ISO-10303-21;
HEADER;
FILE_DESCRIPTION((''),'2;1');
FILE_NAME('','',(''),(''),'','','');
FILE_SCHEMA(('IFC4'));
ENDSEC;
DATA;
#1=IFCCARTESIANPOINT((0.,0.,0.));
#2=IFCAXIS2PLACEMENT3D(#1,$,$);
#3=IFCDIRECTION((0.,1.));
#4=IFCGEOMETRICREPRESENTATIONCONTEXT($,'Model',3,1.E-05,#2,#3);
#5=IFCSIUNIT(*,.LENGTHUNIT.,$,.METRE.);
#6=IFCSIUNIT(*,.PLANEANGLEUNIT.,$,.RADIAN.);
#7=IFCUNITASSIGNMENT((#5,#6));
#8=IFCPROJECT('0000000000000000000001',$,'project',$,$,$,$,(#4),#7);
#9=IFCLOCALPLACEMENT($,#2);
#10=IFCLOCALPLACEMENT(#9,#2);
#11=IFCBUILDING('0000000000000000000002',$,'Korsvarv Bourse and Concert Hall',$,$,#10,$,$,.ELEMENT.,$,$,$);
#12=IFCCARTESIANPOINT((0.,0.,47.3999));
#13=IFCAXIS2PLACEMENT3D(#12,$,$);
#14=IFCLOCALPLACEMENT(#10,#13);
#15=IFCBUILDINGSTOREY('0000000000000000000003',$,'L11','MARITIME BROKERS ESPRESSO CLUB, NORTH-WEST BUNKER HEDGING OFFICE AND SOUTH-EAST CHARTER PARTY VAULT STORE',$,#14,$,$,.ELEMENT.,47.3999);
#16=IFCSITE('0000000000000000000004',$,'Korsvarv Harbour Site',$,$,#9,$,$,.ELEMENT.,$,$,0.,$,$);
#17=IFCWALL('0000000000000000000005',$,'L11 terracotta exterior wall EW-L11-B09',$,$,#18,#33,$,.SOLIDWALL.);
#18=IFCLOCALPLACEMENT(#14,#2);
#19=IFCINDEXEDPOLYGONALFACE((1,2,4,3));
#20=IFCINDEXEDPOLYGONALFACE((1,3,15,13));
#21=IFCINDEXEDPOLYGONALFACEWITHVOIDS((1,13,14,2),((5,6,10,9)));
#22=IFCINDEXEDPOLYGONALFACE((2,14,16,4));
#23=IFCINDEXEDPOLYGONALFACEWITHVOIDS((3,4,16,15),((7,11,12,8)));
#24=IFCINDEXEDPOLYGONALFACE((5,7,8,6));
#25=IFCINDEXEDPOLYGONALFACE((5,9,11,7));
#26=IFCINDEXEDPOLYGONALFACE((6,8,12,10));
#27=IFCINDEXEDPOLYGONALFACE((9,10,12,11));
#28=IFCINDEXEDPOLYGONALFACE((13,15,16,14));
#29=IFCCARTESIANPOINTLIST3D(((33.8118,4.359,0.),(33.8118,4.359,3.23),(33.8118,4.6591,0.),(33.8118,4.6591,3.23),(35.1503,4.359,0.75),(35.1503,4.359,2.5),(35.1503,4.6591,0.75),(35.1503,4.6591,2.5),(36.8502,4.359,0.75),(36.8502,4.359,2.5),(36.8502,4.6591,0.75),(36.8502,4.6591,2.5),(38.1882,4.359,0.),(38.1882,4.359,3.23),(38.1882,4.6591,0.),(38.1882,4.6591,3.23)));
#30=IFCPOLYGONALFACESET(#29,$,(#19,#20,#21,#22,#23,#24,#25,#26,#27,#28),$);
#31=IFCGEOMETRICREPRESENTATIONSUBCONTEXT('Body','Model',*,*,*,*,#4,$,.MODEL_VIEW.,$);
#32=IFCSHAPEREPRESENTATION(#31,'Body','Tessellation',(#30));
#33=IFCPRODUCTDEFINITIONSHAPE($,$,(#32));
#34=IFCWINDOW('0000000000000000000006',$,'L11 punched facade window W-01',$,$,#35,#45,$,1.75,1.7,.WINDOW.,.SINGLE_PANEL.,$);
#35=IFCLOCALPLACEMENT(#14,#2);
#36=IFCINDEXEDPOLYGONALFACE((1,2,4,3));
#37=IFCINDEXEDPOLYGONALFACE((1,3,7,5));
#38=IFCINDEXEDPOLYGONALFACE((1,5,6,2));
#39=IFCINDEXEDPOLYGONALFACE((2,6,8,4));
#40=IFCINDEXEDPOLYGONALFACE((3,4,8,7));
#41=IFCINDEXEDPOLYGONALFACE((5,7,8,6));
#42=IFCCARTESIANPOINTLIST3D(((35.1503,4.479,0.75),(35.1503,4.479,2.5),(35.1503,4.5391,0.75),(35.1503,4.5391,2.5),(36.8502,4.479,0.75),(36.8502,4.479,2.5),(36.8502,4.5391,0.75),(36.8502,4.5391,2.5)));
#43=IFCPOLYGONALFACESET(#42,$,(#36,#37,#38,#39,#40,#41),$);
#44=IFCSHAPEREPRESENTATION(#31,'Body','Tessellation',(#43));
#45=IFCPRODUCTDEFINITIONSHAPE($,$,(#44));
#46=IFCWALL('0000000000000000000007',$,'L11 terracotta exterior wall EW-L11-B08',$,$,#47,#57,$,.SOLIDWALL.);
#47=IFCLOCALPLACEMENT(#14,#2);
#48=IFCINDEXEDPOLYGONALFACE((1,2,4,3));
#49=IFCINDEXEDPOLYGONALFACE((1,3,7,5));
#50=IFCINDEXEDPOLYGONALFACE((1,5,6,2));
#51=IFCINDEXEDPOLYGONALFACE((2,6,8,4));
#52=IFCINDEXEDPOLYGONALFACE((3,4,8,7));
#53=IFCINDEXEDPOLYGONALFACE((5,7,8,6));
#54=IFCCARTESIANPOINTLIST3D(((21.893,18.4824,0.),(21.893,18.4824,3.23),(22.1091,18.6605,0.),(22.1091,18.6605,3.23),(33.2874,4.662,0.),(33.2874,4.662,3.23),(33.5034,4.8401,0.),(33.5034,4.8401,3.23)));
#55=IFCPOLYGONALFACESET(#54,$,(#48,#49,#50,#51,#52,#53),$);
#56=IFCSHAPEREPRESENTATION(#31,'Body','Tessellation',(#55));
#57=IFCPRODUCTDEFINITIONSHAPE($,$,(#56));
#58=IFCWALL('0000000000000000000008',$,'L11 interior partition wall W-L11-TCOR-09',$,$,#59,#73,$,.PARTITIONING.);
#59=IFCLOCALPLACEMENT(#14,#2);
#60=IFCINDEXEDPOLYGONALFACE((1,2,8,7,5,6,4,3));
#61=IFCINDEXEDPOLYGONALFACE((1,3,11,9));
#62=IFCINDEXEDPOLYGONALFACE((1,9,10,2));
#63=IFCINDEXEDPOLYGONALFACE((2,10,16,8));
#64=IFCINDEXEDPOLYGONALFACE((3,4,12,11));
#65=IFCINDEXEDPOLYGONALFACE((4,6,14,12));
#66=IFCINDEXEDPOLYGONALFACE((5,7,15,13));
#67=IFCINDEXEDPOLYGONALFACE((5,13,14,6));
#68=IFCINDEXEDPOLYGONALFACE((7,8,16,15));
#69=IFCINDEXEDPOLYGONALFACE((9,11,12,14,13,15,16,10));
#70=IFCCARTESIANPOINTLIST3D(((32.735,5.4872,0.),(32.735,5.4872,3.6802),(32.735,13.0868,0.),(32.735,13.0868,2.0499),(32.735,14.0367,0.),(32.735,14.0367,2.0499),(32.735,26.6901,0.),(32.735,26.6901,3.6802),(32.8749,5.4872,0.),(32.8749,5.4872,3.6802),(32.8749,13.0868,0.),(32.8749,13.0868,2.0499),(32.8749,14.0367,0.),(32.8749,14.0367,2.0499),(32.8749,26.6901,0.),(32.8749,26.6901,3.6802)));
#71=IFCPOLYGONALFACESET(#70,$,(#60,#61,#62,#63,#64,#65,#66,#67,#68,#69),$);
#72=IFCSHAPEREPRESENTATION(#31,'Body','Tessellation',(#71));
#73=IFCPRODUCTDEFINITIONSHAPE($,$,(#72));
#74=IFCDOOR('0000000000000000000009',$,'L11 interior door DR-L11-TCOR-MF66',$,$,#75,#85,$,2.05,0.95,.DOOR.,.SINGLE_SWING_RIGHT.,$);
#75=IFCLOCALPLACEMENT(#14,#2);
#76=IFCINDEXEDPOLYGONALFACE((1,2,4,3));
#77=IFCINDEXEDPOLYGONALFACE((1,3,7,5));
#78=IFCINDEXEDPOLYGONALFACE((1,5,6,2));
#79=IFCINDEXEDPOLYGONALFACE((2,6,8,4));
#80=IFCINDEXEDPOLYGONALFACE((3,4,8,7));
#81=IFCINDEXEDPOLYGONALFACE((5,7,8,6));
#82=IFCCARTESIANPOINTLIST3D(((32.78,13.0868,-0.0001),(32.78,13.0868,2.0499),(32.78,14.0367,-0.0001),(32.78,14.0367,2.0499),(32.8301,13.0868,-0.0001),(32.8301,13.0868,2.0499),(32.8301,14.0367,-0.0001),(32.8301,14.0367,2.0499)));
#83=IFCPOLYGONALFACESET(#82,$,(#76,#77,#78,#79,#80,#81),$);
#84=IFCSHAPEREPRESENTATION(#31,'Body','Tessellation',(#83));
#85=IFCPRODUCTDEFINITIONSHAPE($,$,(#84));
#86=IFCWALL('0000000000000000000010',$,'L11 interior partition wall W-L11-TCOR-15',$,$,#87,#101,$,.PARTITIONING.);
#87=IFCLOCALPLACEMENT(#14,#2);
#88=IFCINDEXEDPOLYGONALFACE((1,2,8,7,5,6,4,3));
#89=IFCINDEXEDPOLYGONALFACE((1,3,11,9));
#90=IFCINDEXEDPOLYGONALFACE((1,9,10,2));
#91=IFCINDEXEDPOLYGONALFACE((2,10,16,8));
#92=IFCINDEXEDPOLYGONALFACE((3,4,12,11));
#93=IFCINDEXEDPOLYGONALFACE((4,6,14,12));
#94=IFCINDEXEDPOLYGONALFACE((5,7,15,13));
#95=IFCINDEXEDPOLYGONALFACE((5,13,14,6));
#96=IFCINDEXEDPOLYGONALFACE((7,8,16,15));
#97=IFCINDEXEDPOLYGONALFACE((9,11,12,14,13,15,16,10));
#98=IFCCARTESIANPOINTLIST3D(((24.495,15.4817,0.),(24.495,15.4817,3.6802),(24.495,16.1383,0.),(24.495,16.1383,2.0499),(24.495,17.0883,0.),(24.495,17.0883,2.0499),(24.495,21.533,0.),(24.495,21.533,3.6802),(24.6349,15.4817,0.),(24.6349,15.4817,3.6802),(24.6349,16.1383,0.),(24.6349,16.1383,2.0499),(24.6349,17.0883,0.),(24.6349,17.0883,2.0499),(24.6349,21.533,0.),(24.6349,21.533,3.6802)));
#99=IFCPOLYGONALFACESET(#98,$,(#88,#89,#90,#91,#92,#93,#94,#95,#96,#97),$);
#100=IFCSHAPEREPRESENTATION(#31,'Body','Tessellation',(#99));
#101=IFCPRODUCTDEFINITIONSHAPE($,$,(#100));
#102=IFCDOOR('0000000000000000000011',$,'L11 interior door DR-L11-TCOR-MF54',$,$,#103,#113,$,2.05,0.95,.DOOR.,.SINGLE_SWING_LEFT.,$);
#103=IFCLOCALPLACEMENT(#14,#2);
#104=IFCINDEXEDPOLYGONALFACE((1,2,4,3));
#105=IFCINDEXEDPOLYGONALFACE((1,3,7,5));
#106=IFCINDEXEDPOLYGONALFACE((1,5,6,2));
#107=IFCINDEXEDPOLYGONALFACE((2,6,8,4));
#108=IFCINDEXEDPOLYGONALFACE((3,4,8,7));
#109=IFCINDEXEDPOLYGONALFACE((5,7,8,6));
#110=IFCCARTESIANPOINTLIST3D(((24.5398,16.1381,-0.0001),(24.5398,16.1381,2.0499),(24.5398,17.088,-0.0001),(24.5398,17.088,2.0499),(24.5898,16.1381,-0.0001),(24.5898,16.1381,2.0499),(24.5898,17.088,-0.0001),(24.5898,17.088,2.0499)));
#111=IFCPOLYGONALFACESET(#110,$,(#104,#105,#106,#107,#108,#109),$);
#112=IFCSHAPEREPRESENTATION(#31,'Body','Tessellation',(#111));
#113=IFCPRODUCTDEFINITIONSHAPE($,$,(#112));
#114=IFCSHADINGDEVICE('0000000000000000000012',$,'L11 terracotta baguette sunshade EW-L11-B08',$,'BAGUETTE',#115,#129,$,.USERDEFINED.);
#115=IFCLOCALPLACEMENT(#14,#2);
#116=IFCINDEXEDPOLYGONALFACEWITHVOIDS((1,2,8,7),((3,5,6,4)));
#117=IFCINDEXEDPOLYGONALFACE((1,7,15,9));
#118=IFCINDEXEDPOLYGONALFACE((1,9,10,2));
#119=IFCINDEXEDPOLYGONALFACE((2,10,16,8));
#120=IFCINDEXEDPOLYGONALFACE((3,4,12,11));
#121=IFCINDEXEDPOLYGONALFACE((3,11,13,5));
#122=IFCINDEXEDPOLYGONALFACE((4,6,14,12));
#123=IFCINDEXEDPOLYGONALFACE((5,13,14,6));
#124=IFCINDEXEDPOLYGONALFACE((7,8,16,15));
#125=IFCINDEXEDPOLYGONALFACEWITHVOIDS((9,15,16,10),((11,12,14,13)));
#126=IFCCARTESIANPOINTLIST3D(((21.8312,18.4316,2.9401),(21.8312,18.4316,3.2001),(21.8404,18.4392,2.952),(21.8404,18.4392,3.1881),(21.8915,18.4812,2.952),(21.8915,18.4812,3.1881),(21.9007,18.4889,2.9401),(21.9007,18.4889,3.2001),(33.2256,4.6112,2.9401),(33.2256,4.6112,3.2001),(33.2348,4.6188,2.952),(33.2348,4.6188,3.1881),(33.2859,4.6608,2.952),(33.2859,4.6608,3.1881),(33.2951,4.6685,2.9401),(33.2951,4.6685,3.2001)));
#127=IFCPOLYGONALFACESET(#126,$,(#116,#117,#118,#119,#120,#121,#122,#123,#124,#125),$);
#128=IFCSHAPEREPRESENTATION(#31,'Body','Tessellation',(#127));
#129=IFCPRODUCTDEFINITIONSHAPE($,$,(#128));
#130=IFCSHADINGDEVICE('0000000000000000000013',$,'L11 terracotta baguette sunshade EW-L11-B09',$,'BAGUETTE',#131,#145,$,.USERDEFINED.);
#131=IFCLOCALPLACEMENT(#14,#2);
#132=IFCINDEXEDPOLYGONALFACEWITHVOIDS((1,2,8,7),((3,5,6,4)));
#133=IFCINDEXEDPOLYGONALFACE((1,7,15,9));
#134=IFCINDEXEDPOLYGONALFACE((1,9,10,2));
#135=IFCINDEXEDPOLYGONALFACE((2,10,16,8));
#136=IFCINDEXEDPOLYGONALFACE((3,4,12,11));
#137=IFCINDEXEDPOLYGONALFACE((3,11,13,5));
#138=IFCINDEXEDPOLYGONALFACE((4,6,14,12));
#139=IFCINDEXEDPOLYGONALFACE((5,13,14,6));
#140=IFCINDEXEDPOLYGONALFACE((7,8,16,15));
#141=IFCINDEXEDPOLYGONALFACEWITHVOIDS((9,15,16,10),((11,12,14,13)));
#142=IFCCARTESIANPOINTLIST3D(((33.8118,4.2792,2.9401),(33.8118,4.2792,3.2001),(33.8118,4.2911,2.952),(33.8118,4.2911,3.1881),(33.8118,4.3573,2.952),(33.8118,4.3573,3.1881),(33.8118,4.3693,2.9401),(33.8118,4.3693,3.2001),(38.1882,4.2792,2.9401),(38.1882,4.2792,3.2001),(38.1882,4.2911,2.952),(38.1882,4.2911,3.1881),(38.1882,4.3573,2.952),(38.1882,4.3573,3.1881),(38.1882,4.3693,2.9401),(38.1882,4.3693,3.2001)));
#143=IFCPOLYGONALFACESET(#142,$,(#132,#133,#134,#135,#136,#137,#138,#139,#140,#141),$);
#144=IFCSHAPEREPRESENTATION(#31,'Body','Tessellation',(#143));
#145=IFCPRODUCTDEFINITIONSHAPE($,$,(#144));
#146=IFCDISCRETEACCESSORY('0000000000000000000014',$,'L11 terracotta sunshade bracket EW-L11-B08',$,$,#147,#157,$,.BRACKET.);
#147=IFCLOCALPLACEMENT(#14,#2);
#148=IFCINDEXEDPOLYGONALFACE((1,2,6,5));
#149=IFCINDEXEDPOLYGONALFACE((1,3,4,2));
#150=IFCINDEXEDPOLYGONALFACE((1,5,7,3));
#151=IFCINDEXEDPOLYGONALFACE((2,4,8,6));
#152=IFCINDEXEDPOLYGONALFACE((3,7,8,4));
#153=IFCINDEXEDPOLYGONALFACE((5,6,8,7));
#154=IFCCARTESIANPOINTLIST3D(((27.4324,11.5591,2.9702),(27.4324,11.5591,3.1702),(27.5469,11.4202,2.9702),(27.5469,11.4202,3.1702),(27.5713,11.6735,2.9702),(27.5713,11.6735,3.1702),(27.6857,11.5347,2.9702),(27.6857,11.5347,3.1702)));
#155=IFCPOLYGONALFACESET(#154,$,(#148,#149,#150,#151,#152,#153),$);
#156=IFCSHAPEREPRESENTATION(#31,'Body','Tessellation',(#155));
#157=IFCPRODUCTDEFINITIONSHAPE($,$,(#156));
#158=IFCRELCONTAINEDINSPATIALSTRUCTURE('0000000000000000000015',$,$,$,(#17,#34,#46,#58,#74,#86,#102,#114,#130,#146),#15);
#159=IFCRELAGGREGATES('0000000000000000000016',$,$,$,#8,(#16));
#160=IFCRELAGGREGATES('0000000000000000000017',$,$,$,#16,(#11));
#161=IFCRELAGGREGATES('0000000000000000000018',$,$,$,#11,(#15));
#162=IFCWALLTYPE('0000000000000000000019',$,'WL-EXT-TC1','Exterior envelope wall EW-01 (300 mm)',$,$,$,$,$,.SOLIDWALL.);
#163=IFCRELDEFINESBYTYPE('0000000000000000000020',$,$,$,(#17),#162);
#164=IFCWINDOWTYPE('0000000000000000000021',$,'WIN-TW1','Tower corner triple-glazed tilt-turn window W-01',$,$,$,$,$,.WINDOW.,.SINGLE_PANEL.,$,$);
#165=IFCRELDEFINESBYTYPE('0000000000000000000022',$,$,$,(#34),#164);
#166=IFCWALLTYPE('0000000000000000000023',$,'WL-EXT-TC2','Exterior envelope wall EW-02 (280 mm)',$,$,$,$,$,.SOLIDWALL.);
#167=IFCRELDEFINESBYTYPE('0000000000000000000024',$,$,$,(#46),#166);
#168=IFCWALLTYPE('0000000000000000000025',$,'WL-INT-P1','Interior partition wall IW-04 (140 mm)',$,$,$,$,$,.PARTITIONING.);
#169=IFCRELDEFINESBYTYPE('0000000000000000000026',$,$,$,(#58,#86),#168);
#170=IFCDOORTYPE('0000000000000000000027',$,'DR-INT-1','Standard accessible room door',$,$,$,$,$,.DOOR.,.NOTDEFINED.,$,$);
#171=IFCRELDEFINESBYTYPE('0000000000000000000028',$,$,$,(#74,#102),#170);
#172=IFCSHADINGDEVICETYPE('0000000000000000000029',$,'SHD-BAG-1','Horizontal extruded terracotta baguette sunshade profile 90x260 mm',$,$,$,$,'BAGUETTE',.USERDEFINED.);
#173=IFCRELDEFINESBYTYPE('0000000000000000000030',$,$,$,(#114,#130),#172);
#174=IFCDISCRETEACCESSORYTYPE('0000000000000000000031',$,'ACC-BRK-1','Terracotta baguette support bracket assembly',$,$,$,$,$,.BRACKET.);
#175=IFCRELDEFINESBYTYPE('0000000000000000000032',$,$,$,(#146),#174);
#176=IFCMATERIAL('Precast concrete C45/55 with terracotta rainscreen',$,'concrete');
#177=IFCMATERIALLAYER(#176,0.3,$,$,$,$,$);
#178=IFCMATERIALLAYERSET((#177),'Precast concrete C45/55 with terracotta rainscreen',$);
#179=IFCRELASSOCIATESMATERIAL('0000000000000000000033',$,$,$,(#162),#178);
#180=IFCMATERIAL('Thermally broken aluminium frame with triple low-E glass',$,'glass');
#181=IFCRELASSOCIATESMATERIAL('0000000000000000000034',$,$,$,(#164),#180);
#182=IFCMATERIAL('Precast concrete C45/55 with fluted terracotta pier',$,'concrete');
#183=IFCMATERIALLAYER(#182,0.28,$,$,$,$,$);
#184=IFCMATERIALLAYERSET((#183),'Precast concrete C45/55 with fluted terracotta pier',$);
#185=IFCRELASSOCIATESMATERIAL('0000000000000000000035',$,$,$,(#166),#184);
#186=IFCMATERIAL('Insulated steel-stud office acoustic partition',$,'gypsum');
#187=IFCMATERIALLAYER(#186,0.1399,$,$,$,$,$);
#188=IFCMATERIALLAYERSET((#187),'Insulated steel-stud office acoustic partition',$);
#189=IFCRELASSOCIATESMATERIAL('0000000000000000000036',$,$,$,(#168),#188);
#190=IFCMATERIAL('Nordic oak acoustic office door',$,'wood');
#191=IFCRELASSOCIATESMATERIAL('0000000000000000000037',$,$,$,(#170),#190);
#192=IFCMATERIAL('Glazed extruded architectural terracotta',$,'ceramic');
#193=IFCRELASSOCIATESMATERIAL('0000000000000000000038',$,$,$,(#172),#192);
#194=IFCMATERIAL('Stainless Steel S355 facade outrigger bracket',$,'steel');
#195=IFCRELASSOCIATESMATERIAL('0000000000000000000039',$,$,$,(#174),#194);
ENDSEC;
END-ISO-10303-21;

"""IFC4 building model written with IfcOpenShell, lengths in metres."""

from ifc_helpers import new_model, si_unit, direction, frame, frame_2d, origin, origin_2d, place, context, subcontext, project, spatial, rectangle, hollow_rectangle, extrude, source, transform, mapped, material, layer, layer_set, material_profile, profile_set, type_object, element, fill, save


model = new_model("IFC4")

# Units and contexts
model_context = context("Model", 3, precision=1e-05, world=origin(), true_north=direction((0.0, 1.0)))
body_context = subcontext(model_context, "Body", "Model", "MODEL_VIEW")
ifc_project = project(units=[si_unit("LENGTHUNIT", "METRE"), si_unit("PLANEANGLEUNIT", "RADIAN")], contexts=[model_context])

# Site, building, storey
site_placement = place(None, origin())
site = spatial("IfcSite", under=ifc_project, at=site_placement, Name="Korsvarv Harbour Site", CompositionType="ELEMENT", RefElevation=0.0)
building_placement = place(site_placement, origin())
building = spatial("IfcBuilding", under=site, at=building_placement, Name="Korsvarv Bourse and Concert Hall", CompositionType="ELEMENT")
storey_placement = place(building_placement, frame((0.0, 0.0, 47.3999)))
storey = spatial("IfcBuildingStorey", under=building, at=storey_placement, Name="L11", Description="MARITIME BROKERS ESPRESSO CLUB, NORTH-WEST BUNKER HEDGING OFFICE AND SOUTH-EAST CHARTER PARTY VAULT STORE", CompositionType="ELEMENT", Elevation=47.3999)

# Wall, opening, window
ifc_material_1 = material(Name="Precast concrete C45/55 with terracotta rainscreen", Category="concrete")
ifc_layer_1 = layer(ifc_material_1, 0.3)
ifc_layer_set_1 = layer_set([ifc_layer_1], Name="Precast concrete C45/55 with terracotta rainscreen")
wall_type_1 = type_object("IfcWallType", Name="WL-EXT-TC1", Description="Exterior envelope wall EW-01 (300 mm)", PredefinedType="SOLIDWALL", material=ifc_layer_set_1)
wall_1_placement = place(storey_placement, frame((33.8118, 4.509, 0.0), z_axis=(0.0, 0.0, 1.0), x_axis=(1.0, 0.0, 0.0)))
wall_1 = element("IfcWall", 1, at=wall_1_placement, inside=storey, type_object=wall_type_1, Name="L11 terracotta exterior wall EW-L11-B09", PredefinedType="SOLIDWALL", context=body_context, shape_type="SweptSolid", body=[
    extrude(rectangle(XDim=4.3765, YDim=0.3, at=frame_2d((2.1882, 0.0))), origin(), (0.0, 0.0, 1.0), 3.23),
])
opening_1_placement = place(wall_1_placement, frame((1.3384, 0.0, 0.75)))
opening_1 = element("IfcOpeningElement", 2, at=opening_1_placement, cuts=wall_1, PredefinedType="OPENING", context=body_context, shape_type="SweptSolid", body=[
    extrude(rectangle(XDim=1.7, YDim=1.75, at=frame_2d((0.8501, 0.875))), frame((0.0, 0.1602, 0.0), z_axis=(0.0, -1.0, 0.0), x_axis=(1.0, 0.0, 0.0)), (0.0, 0.0, 1.0), 0.3201),
])
ifc_material_2 = material(Name="Thermally broken aluminium frame with triple low-E glass", Category="glass")
window_type = type_object("IfcWindowType", Name="WIN-TW1", Description="Tower corner triple-glazed tilt-turn window W-01", PartitioningType="SINGLE_PANEL", PredefinedType="WINDOW", material=ifc_material_2)
window_placement = place(opening_1_placement, origin())
window = element("IfcWindow", 3, at=window_placement, inside=storey, type_object=window_type, Name="L11 punched facade window W-01", OverallHeight=1.75, OverallWidth=1.7, PartitioningType="SINGLE_PANEL", PredefinedType="WINDOW", context=body_context, shape_type="SweptSolid", body=[
    extrude(rectangle(XDim=1.7, YDim=1.75, at=frame_2d((0.8501, 0.875))), frame((0.0, 0.03, 0.0), z_axis=(0.0, -1.0, 0.0), x_axis=(1.0, 0.0, 0.0)), (0.0, 0.0, 1.0), 0.0601),
])
fill(opening_1, window)

# Wall
ifc_material_3 = material(Name="Precast concrete C45/55 with fluted terracotta pier", Category="concrete")
ifc_layer_2 = layer(ifc_material_3, 0.28)
ifc_layer_set_2 = layer_set([ifc_layer_2], Name="Precast concrete C45/55 with fluted terracotta pier")
wall_type_2 = type_object("IfcWallType", Name="WL-EXT-TC2", Description="Exterior envelope wall EW-02 (280 mm)", PredefinedType="SOLIDWALL", material=ifc_layer_set_2)
wall_2_placement = place(storey_placement, frame((22.001, 18.5715, 0.0), z_axis=(0.0, 0.0, 1.0), x_axis=(0.636135, -0.771578, 0.0)))
element("IfcWall", 4, at=wall_2_placement, inside=storey, type_object=wall_type_2, Name="L11 terracotta exterior wall EW-L11-B08", PredefinedType="SOLIDWALL", context=body_context, shape_type="SweptSolid", body=[
    extrude(rectangle(XDim=17.9119, YDim=0.28, at=frame_2d((8.9561, 0.0))), origin(), (0.0, 0.0, 1.0), 3.23),
])

# Walls, openings, doors
ifc_material_4 = material(Name="Insulated steel-stud office acoustic partition", Category="gypsum")
ifc_layer_3 = layer(ifc_material_4, 0.1399)
ifc_layer_set_3 = layer_set([ifc_layer_3], Name="Insulated steel-stud office acoustic partition")
wall_type_3 = type_object("IfcWallType", Name="WL-INT-P1", Description="Interior partition wall IW-04 (140 mm)", PredefinedType="PARTITIONING", material=ifc_layer_set_3)
wall_3_placement = place(storey_placement, frame((32.8049, 5.4871, 0.0), z_axis=(0.0, 0.0, 1.0), x_axis=(0.0, 1.0, 0.0)))
wall_3 = element("IfcWall", 5, at=wall_3_placement, inside=storey, type_object=wall_type_3, Name="L11 interior partition wall W-L11-TCOR-09", PredefinedType="PARTITIONING", context=body_context, shape_type="SweptSolid", body=[
    extrude(rectangle(XDim=21.2029, YDim=0.1399, at=frame_2d((10.6016, 0.0))), origin(), (0.0, 0.0, 1.0), 3.6802),
])
opening_2_placement = place(wall_3_placement, frame((7.5996, 0.0, 0.0)))
opening_2 = element("IfcOpeningElement", 6, at=opening_2_placement, cuts=wall_3, PredefinedType="OPENING", context=body_context, shape_type="SweptSolid", body=[
    extrude(rectangle(XDim=0.95, YDim=2.05, at=frame_2d((0.4751, 1.0249))), frame((0.0, 0.0801, 0.0), z_axis=(0.0, -1.0, 0.0), x_axis=(1.0, 0.0, 0.0)), (0.0, 0.0, 1.0), 0.1599),
])
ifc_material_5 = material(Name="Nordic oak acoustic office door", Category="wood")
door_type = type_object("IfcDoorType", Name="DR-INT-1", Description="Standard accessible room door", OperationType="NOTDEFINED", PredefinedType="DOOR", material=ifc_material_5)
door_1_placement = place(opening_2_placement, origin())
door_1 = element("IfcDoor", 7, at=door_1_placement, inside=storey, type_object=door_type, Name="L11 interior door DR-L11-TCOR-MF66", OperationType="SINGLE_SWING_RIGHT", OverallHeight=2.05, OverallWidth=0.95, PredefinedType="DOOR", context=body_context, shape_type="SweptSolid", body=[
    extrude(rectangle(XDim=0.95, YDim=2.05, at=frame_2d((0.4751, 1.0249))), frame((0.0, 0.0249, 0.0), z_axis=(0.0, -1.0, 0.0), x_axis=(1.0, 0.0, 0.0)), (0.0, 0.0, 1.0), 0.05),
])
fill(opening_2, door_1)
wall_4_placement = place(storey_placement, frame((24.5649, 15.4817, 0.0), z_axis=(0.0, 0.0, 1.0), x_axis=(0.0, 1.0, 0.0)))
wall_4 = element("IfcWall", 8, at=wall_4_placement, inside=storey, type_object=wall_type_3, Name="L11 interior partition wall W-L11-TCOR-15", PredefinedType="PARTITIONING", context=body_context, shape_type="SweptSolid", body=[
    extrude(rectangle(XDim=6.0513, YDim=0.1399, at=frame_2d((3.0256, 0.0))), origin(), (0.0, 0.0, 1.0), 3.6802),
])
opening_3_placement = place(wall_4_placement, frame((0.6565, 0.0, 0.0)))
opening_3 = element("IfcOpeningElement", 9, at=opening_3_placement, cuts=wall_4, PredefinedType="OPENING", context=body_context, shape_type="SweptSolid", body=[
    extrude(rectangle(XDim=0.95, YDim=2.05, at=frame_2d((0.4751, 1.0249))), frame((0.0, 0.0801, 0.0), z_axis=(0.0, -1.0, 0.0), x_axis=(1.0, 0.0, 0.0)), (0.0, 0.0, 1.0), 0.1599),
])
door_2_placement = place(opening_3_placement, frame((0.95, 0.0, 0.0), z_axis=(0.0, 0.0, 1.0), x_axis=(-1.0, 0.0, 0.0)))
door_2 = element("IfcDoor", 10, at=door_2_placement, inside=storey, type_object=door_type, Name="L11 interior door DR-L11-TCOR-MF54", OperationType="SINGLE_SWING_LEFT", OverallHeight=2.05, OverallWidth=0.95, PredefinedType="DOOR", context=body_context, shape_type="SweptSolid", body=[
    extrude(rectangle(XDim=0.95, YDim=2.05, at=frame_2d((0.4751, 1.0249))), frame((0.0, 0.0249, 0.0), z_axis=(0.0, -1.0, 0.0), x_axis=(1.0, 0.0, 0.0)), (0.0, 0.0, 1.0), 0.05),
])
fill(opening_3, door_2)

# Shading devices
ifc_material_6 = material(Name="Glazed extruded architectural terracotta", Category="ceramic")
ifc_material_profile_1 = material_profile(ifc_material_6, hollow_rectangle(XDim=0.0901, YDim=0.26, WallThickness=0.012, at=origin_2d()), Name="TC-BAG 90x260")
ifc_profile_set_1 = profile_set([ifc_material_profile_1], Name="Glazed extruded architectural terracotta")
shading_device_type = type_object("IfcShadingDeviceType", Name="SHD-BAG-1", Description="Horizontal extruded terracotta baguette sunshade profile 90x260 mm", ElementType="BAGUETTE", PredefinedType="USERDEFINED", material=ifc_profile_set_1)
shared_shape_1 = source(origin(), body_context, "Body", "SweptSolid", [
    extrude(hollow_rectangle(XDim=0.0901, YDim=0.26, WallThickness=0.012, at=origin_2d()), origin(), (0.0, 0.0, 1.0), 17.9119),
])
shading_device_1_placement = place(storey_placement, frame((21.866, 18.4602, 3.0701), z_axis=(0.636135, -0.771578, 0.0), x_axis=(0.771578, 0.636135, 0.0)))
element("IfcShadingDevice", 11, at=shading_device_1_placement, inside=storey, type_object=shading_device_type, Name="L11 terracotta baguette sunshade EW-L11-B08", ObjectType="BAGUETTE", PredefinedType="USERDEFINED", context=body_context, shape_type="MappedRepresentation", body=[
    mapped(shared_shape_1, transform((0.0, 0.0, 0.0), scale=1.0)),
])
shared_shape_2 = source(origin(), body_context, "Body", "SweptSolid", [
    extrude(hollow_rectangle(XDim=0.0901, YDim=0.26, WallThickness=0.012, at=origin_2d()), origin(), (0.0, 0.0, 1.0), 4.3765),
])
shading_device_2_placement = place(storey_placement, frame((33.8118, 4.3242, 3.0701), z_axis=(1.0, 0.0, 0.0), x_axis=(0.0, 1.0, 0.0)))
element("IfcShadingDevice", 12, at=shading_device_2_placement, inside=storey, type_object=shading_device_type, Name="L11 terracotta baguette sunshade EW-L11-B09", ObjectType="BAGUETTE", PredefinedType="USERDEFINED", context=body_context, shape_type="MappedRepresentation", body=[
    mapped(shared_shape_2, transform((0.0, 0.0, 0.0), scale=1.0)),
])

# Discrete accessory
ifc_material_7 = material(Name="Stainless Steel S355 facade outrigger bracket", Category="steel")
discrete_accessory_type = type_object("IfcDiscreteAccessoryType", Name="ACC-BRK-1", Description="Terracotta baguette support bracket assembly", PredefinedType="BRACKET", material=ifc_material_7)
shared_shape_3 = source(origin(), body_context, "Body", "SweptSolid", [
    extrude(rectangle(XDim=0.1799, YDim=0.1799, at=origin_2d()), origin(), (0.0, 0.0, 1.0), 0.2),
])
discrete_accessory_placement = place(storey_placement, frame((27.5591, 11.5469, 2.9702), z_axis=(0.0, 0.0, 1.0), x_axis=(0.636078, -0.771625, 0.0)))
element("IfcDiscreteAccessory", 13, at=discrete_accessory_placement, inside=storey, type_object=discrete_accessory_type, Name="L11 terracotta sunshade bracket EW-L11-B08", PredefinedType="BRACKET", context=body_context, shape_type="MappedRepresentation", body=[
    mapped(shared_shape_3, transform((0.0, 0.0, 0.0), scale=1.0)),
])

save(model, "model.ifc")
